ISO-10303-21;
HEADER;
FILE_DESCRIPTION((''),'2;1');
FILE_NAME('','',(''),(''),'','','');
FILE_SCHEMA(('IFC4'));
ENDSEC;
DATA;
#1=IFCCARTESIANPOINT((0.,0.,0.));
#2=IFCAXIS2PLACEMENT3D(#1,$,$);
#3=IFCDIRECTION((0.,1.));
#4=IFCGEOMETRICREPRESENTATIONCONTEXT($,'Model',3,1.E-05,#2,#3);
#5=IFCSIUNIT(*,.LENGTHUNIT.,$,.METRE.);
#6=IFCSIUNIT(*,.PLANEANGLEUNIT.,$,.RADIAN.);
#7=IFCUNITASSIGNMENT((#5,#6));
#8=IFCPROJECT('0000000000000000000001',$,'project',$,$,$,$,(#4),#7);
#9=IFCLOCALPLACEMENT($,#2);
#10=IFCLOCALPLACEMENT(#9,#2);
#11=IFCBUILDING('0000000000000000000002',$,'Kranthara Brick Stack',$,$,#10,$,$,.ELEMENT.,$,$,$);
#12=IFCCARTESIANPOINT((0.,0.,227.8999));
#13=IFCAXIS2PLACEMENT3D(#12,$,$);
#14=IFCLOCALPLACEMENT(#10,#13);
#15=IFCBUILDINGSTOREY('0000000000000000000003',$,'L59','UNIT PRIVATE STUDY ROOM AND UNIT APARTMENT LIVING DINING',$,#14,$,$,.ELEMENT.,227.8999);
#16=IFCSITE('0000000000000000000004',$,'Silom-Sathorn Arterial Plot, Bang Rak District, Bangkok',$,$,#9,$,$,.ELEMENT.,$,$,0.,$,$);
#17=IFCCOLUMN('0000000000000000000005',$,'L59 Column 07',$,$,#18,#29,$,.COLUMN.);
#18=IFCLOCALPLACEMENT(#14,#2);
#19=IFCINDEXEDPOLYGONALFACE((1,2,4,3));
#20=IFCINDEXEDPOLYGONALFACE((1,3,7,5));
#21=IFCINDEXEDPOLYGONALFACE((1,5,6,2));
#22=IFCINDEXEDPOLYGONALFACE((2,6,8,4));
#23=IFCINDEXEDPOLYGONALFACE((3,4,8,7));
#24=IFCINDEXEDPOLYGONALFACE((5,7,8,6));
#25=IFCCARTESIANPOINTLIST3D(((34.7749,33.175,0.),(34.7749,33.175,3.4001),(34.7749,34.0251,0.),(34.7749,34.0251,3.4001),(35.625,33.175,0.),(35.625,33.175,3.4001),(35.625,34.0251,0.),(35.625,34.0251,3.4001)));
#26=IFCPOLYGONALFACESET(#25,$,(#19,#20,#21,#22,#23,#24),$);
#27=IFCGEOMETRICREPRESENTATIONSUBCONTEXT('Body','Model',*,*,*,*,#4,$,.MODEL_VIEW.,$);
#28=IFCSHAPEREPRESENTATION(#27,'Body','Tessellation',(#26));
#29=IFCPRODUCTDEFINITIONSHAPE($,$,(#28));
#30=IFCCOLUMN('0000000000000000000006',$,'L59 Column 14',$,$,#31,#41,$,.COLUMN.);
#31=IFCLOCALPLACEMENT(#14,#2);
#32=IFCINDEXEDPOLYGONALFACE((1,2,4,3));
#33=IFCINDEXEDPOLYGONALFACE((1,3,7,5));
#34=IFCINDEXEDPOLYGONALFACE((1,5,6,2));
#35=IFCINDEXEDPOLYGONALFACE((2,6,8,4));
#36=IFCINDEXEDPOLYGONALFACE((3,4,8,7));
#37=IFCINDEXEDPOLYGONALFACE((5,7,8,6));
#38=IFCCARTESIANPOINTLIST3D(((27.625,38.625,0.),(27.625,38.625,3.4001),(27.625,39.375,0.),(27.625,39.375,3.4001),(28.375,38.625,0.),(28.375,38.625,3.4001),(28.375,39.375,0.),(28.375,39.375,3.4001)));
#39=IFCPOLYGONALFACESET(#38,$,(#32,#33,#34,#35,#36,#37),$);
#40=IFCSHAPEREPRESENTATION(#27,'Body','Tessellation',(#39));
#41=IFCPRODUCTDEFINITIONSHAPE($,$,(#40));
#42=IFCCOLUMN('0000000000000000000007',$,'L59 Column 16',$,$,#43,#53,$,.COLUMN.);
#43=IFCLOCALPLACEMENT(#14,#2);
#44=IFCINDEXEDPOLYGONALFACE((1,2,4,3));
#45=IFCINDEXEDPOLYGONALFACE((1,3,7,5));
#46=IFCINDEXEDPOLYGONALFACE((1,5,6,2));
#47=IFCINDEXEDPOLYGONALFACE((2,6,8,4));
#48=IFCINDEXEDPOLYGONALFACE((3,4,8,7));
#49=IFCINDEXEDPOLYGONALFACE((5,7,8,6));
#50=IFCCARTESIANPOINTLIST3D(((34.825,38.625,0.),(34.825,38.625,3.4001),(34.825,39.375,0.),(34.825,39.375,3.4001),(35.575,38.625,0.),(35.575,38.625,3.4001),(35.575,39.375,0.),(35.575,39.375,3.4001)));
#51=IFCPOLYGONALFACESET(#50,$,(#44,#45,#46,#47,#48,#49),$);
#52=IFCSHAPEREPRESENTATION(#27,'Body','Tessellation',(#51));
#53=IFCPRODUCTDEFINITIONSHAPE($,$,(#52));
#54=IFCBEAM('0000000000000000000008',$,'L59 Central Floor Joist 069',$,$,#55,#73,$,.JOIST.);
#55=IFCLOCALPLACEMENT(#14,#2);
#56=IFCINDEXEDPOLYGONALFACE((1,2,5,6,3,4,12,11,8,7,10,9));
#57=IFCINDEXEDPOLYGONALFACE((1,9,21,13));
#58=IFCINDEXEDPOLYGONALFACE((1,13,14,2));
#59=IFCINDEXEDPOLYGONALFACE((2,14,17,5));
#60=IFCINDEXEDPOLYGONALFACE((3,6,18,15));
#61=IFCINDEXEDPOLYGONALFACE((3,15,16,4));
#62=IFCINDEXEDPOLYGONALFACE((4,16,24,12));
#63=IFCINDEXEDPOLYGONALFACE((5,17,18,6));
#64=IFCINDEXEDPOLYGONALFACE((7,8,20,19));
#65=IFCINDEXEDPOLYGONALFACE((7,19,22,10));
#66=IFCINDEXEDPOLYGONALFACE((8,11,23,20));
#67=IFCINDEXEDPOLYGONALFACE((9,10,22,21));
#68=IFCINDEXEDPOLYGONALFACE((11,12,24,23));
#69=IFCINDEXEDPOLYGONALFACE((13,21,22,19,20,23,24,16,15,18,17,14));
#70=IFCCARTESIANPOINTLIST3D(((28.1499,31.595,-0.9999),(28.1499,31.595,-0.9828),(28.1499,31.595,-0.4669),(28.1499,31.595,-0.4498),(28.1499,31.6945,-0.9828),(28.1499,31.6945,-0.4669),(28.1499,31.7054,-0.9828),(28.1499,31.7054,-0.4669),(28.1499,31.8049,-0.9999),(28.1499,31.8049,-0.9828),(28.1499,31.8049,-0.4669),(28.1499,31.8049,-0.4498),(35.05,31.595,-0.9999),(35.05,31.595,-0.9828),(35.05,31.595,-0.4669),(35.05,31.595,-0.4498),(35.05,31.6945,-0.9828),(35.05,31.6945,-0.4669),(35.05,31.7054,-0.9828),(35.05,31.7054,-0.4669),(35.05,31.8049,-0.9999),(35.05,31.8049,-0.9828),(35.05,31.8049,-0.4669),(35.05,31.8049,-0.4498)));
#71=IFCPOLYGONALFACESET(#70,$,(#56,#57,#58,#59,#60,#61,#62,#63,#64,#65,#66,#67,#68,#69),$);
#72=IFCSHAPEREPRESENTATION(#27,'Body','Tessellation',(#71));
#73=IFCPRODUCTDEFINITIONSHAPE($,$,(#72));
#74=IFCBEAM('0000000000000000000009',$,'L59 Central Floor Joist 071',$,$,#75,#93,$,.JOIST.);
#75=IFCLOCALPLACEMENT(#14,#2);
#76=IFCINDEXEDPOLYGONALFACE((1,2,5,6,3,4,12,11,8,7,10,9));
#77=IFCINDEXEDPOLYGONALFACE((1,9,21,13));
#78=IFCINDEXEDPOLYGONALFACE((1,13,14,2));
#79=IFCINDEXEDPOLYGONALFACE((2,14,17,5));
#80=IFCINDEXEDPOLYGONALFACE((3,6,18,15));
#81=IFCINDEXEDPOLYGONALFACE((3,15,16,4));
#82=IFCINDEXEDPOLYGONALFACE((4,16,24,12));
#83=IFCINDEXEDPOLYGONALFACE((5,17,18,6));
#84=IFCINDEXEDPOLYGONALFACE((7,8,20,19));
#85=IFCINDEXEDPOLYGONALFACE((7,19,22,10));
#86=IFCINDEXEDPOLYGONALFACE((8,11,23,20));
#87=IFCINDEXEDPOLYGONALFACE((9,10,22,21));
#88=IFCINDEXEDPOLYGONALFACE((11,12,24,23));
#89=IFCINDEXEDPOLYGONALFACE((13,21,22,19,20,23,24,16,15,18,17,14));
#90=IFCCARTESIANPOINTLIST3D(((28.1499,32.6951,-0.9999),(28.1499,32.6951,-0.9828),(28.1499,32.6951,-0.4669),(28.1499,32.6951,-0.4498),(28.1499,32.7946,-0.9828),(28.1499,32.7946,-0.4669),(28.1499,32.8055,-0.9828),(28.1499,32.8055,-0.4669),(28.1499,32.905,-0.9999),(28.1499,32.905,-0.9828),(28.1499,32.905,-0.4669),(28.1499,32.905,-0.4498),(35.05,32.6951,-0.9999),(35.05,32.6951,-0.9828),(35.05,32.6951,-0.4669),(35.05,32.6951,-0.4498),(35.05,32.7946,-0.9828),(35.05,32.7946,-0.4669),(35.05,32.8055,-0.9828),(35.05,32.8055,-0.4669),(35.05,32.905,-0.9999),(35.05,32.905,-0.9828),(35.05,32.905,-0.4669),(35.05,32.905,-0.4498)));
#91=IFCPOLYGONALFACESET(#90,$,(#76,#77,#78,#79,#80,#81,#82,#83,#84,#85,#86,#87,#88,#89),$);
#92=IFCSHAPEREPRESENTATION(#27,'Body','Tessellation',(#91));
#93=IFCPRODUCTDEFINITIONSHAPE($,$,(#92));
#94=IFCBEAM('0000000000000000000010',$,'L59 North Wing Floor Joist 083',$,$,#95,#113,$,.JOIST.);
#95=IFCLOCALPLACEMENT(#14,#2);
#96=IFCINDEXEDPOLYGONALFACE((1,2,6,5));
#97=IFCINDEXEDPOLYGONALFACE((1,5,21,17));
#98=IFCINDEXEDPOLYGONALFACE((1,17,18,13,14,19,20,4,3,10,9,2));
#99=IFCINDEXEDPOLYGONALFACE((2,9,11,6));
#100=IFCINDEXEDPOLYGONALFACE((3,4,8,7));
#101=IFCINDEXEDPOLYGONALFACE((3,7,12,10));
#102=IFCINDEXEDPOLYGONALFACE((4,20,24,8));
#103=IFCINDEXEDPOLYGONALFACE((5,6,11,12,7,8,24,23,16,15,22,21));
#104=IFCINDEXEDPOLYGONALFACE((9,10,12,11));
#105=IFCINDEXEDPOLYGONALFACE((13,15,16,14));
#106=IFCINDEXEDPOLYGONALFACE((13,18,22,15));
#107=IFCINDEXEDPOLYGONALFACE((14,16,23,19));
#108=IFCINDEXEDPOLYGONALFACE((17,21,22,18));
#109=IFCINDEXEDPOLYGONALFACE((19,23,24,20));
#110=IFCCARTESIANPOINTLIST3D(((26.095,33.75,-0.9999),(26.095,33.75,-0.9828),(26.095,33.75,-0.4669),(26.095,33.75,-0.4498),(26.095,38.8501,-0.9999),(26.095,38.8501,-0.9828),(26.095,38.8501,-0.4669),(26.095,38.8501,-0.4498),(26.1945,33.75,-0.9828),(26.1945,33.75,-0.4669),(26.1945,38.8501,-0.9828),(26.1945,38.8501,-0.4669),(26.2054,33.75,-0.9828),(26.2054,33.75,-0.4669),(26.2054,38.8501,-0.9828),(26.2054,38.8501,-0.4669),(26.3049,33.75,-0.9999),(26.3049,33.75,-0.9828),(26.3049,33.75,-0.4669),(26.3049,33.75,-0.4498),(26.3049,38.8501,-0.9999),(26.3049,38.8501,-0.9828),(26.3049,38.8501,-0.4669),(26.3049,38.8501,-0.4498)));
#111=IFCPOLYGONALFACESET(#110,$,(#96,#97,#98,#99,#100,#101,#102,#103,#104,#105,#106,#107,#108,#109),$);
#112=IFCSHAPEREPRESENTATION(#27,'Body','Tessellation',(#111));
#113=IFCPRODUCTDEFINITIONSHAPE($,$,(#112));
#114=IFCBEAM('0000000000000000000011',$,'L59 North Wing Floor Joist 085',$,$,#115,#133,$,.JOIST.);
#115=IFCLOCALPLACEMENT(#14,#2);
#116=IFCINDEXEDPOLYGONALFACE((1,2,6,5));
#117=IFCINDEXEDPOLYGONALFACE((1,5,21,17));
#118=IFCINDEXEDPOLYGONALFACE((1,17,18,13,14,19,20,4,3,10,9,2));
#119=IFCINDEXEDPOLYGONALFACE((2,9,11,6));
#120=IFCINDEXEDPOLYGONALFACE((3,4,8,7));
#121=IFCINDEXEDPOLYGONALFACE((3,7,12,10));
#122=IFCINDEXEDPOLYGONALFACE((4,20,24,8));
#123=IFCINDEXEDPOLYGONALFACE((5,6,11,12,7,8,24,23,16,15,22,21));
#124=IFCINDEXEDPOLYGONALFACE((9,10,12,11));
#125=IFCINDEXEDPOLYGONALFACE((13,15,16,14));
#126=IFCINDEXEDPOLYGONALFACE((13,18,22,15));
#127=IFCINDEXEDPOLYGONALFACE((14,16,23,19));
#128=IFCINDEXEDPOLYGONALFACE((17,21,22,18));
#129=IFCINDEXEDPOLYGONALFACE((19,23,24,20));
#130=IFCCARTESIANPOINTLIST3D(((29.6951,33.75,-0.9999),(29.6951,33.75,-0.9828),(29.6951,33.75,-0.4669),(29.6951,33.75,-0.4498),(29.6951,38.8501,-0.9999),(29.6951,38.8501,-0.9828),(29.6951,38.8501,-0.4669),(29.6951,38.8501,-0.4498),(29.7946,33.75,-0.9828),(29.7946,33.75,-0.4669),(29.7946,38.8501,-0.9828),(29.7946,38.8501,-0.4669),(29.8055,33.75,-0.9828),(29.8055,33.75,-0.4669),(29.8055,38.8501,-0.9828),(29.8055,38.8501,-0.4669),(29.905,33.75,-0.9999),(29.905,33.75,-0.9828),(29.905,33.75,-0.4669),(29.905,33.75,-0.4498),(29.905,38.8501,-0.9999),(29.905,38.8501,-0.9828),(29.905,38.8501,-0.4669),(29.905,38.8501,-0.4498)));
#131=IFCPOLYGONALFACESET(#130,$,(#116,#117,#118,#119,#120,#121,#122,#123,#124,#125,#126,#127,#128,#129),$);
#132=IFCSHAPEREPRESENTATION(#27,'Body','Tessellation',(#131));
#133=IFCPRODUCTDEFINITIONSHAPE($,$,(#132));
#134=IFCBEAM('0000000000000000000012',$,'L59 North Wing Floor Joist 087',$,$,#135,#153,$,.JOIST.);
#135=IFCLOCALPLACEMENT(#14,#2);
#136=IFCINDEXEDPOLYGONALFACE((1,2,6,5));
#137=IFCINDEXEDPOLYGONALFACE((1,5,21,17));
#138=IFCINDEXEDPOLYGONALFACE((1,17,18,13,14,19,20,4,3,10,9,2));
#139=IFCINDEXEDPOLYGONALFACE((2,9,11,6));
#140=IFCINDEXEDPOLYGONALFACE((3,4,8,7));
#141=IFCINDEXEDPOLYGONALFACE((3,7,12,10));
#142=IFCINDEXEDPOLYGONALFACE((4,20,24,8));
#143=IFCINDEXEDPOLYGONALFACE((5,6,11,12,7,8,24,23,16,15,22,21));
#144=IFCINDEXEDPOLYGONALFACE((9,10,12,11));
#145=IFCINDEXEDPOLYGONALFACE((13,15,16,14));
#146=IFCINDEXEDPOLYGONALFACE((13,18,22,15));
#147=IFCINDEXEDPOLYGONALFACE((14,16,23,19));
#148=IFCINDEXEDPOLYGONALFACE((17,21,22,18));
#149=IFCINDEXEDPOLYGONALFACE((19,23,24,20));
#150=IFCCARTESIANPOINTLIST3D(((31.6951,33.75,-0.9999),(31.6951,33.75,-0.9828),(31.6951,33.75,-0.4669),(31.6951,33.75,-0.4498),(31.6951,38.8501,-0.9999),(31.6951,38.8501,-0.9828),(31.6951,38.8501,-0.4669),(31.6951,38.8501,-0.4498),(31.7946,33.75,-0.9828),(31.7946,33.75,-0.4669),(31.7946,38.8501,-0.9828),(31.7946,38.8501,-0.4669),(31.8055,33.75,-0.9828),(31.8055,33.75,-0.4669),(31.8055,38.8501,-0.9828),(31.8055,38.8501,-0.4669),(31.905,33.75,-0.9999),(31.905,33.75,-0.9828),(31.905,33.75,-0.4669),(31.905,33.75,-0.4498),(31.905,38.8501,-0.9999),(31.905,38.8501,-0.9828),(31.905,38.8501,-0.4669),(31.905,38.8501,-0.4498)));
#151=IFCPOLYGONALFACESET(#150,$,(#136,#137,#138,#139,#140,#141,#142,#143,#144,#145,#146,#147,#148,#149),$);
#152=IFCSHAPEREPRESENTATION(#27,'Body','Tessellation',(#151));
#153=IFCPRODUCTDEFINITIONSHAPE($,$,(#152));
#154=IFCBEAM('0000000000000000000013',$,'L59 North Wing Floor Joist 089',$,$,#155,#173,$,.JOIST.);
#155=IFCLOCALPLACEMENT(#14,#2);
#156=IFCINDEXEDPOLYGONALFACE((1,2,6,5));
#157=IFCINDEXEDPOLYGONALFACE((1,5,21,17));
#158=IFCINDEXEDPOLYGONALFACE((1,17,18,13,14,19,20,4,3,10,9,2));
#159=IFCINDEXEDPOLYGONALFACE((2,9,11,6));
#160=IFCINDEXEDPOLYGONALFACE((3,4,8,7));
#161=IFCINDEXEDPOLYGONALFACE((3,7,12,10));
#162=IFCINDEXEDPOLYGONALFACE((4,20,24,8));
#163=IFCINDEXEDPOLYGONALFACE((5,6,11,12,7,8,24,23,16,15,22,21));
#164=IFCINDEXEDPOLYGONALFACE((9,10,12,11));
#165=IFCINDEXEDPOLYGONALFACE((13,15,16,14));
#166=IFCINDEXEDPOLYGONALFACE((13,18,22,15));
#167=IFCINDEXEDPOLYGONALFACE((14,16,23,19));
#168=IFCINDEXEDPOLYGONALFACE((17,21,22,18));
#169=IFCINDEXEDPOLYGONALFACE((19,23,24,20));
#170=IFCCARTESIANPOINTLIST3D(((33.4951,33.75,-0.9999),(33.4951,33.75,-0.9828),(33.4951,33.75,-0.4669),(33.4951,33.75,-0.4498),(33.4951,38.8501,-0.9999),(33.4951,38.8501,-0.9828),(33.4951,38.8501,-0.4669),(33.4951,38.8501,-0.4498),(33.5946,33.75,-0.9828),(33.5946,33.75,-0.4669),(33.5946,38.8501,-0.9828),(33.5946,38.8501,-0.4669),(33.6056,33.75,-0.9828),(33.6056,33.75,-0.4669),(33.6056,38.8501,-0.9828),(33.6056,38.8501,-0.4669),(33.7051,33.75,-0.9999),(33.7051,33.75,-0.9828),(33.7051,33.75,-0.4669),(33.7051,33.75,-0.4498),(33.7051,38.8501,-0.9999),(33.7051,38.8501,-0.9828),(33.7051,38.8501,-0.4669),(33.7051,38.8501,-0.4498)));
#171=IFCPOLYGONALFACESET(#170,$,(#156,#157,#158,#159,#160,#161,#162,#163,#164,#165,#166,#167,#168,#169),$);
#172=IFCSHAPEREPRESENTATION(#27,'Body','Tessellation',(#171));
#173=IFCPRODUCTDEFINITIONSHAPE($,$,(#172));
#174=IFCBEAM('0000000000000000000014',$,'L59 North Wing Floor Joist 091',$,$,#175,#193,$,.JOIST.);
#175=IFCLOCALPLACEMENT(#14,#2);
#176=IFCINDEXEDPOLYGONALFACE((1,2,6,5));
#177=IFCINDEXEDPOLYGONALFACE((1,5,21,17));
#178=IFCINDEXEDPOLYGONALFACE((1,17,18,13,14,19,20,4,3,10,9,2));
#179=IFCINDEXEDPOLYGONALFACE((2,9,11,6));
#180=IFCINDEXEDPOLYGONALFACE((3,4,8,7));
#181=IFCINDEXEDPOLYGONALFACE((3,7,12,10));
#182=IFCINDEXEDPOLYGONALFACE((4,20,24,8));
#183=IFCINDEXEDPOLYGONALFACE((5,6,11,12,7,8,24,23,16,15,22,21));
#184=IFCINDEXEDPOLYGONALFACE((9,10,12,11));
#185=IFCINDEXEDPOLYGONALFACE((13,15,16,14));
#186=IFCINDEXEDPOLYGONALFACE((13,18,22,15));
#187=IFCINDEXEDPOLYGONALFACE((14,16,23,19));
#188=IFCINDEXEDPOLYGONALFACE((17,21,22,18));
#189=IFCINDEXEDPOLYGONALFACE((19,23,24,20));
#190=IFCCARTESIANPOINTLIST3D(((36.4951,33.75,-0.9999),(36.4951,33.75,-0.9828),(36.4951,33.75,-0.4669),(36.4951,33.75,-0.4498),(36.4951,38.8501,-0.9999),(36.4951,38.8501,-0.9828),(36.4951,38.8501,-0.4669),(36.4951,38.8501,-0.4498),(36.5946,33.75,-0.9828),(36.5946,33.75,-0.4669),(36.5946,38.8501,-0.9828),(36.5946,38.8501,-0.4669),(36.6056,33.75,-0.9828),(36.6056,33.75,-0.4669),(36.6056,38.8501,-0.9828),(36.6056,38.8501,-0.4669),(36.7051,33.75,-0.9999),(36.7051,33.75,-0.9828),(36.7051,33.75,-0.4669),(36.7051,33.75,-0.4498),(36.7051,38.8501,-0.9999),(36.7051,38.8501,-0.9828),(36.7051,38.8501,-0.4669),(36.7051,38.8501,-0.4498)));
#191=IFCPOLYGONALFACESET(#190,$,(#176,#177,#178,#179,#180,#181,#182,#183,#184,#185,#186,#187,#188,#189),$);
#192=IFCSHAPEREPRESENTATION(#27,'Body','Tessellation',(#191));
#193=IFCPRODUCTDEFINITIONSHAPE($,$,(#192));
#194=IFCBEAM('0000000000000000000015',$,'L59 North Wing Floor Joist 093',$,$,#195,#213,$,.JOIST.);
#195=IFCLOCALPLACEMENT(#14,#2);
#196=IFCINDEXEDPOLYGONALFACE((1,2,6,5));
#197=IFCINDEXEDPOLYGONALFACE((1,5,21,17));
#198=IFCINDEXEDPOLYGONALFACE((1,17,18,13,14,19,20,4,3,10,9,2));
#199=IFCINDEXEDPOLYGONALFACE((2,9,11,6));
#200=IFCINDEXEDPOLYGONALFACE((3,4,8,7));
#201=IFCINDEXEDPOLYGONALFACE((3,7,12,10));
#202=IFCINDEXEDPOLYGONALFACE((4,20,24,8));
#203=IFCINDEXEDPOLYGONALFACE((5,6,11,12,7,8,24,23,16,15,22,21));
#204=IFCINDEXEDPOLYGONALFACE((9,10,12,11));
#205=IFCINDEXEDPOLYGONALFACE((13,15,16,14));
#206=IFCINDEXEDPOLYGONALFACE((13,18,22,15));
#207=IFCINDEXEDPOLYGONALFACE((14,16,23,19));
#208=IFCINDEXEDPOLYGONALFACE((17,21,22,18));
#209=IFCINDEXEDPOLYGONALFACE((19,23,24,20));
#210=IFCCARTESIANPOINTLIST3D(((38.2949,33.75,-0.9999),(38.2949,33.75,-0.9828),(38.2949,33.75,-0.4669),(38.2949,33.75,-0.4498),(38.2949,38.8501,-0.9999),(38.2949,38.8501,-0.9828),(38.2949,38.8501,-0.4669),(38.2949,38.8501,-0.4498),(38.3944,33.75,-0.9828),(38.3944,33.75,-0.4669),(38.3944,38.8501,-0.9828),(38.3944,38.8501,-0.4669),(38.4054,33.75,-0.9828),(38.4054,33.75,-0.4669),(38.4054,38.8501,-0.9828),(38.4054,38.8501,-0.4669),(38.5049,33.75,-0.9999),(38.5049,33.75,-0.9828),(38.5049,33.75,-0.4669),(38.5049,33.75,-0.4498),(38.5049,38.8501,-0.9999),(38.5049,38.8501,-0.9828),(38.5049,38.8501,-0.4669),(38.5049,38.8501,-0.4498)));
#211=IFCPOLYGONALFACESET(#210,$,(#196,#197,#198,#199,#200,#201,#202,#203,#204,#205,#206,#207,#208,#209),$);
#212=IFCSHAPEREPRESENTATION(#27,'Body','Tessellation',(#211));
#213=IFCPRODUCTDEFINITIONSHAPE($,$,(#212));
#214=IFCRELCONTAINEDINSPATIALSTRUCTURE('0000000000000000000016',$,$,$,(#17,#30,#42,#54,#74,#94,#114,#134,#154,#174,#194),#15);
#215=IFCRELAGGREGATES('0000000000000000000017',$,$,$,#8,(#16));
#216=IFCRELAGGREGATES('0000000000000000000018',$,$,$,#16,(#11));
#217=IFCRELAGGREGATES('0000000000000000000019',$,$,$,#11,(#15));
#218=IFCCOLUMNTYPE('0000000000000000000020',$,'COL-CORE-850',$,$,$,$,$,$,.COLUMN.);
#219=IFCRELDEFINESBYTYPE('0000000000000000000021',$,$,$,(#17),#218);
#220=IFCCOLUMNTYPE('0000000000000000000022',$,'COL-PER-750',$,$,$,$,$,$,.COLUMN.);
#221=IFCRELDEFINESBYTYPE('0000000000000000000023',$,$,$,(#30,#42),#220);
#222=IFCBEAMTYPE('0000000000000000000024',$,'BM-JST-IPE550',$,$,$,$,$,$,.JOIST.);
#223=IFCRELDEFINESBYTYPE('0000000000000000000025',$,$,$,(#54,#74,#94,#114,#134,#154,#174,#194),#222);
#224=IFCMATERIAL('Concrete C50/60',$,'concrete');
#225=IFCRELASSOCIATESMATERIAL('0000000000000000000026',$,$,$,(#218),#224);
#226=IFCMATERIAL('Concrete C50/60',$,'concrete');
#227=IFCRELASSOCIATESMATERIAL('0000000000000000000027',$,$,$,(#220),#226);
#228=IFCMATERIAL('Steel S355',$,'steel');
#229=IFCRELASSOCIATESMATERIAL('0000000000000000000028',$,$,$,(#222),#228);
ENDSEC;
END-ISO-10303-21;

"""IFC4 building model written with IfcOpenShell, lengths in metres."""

from ifc_helpers import new_model, si_unit, direction, frame, origin, origin_2d, place, context, subcontext, project, spatial, rectangle, i_section, extrude, material, material_profile, profile_set, type_object, element, save


model = new_model("IFC4")

# Units and contexts
model_context = context("Model", 3, precision=1e-05, world=origin(), true_north=direction((0.0, 1.0)))
body_context = subcontext(model_context, "Body", "Model", "MODEL_VIEW")
ifc_project = project(units=[si_unit("LENGTHUNIT", "METRE"), si_unit("PLANEANGLEUNIT", "RADIAN")], contexts=[model_context])

# Site, building, storey
site_placement = place(None, origin())
site = spatial("IfcSite", under=ifc_project, at=site_placement, Name="Silom-Sathorn Arterial Plot, Bang Rak District, Bangkok", CompositionType="ELEMENT", RefElevation=0.0)
building_placement = place(site_placement, origin())
building = spatial("IfcBuilding", under=site, at=building_placement, Name="Kranthara Brick Stack", CompositionType="ELEMENT")
storey_placement = place(building_placement, frame((0.0, 0.0, 227.8999)))
storey = spatial("IfcBuildingStorey", under=building, at=storey_placement, Name="L59", Description="UNIT PRIVATE STUDY ROOM AND UNIT APARTMENT LIVING DINING", CompositionType="ELEMENT", Elevation=227.8999)

# Columns
ifc_material_1 = material(Name="Concrete C50/60", Category="concrete")
ifc_material_profile_1 = material_profile(ifc_material_1, rectangle(XDim=0.8501, YDim=0.8501, at=origin_2d()), Name="RC 850x850")
ifc_profile_set_1 = profile_set([ifc_material_profile_1], Name="Concrete C50/60")
column_type_1 = type_object("IfcColumnType", Name="COL-CORE-850", PredefinedType="COLUMN", material=ifc_profile_set_1)
column_placement = place(storey_placement, frame((35.2, 33.6001, 0.0), z_axis=(0.0, 0.0, 1.0), x_axis=(1.0, 0.0, 0.0)))
element("IfcColumn", 1, at=column_placement, inside=storey, type_object=column_type_1, Name="L59 Column 07", PredefinedType="COLUMN", context=body_context, shape_type="SweptSolid", body=[
    extrude(rectangle(XDim=0.8501, YDim=0.8501, at=origin_2d()), origin(), (0.0, 0.0, 1.0), 3.4001),
])
ifc_material_2 = material(Name="Concrete C50/60", Category="concrete")
ifc_material_profile_2 = material_profile(ifc_material_2, rectangle(XDim=0.75, YDim=0.75, at=origin_2d()), Name="RC 750x750")
ifc_profile_set_2 = profile_set([ifc_material_profile_2], Name="Concrete C50/60")
column_type_2 = type_object("IfcColumnType", Name="COL-PER-750", PredefinedType="COLUMN", material=ifc_profile_set_2)
for number, where, z_axis, x_axis, name in (
    (2, (28.0, 39.0, 0.0), (0.0, 0.0, 1.0), (1.0, 0.0, 0.0), "L59 Column 14"),
    (3, (35.2, 39.0, 0.0), (0.0, 0.0, 1.0), (1.0, 0.0, 0.0), "L59 Column 16"),
):
    element("IfcColumn", number, at=place(storey_placement, frame(where, z_axis=z_axis, x_axis=x_axis)), inside=storey, type_object=column_type_2, Name=name, PredefinedType="COLUMN", context=body_context, shape_type="SweptSolid", body=[
        extrude(rectangle(XDim=0.75, YDim=0.75, at=origin_2d()), origin(), (0.0, 0.0, 1.0), 3.4001),
    ])

# Beams
ifc_material_3 = material(Name="Steel S355", Category="steel")
ifc_material_profile_3 = material_profile(ifc_material_3, i_section(OverallWidth=0.21, OverallDepth=0.55, WebThickness=0.011, FlangeThickness=0.0171, at=origin_2d()), Name="IPE 550")
ifc_profile_set_3 = profile_set([ifc_material_profile_3], Name="Steel S355")
beam_type_1 = type_object("IfcBeamType", Name="BM-JST-IPE550", PredefinedType="JOIST", material=ifc_profile_set_3)
for number, where, z_axis, x_axis, name in (
    (4, (28.1499, 31.7, -0.7249), (1.0, 0.0, 0.0), (0.0, 1.0, 0.0), "L59 Central Floor Joist 069"),
    (5, (28.1499, 32.8, -0.7249), (1.0, 0.0, 0.0), (0.0, 1.0, 0.0), "L59 Central Floor Joist 071"),
):
    element("IfcBeam", number, at=place(storey_placement, frame(where, z_axis=z_axis, x_axis=x_axis)), inside=storey, type_object=beam_type_1, Name=name, PredefinedType="JOIST", context=body_context, shape_type="SweptSolid", body=[
        extrude(i_section(OverallWidth=0.21, OverallDepth=0.55, WebThickness=0.011, FlangeThickness=0.0171, at=origin_2d()), origin(), (0.0, 0.0, 1.0), 6.9001),
    ])
for number, where, z_axis, x_axis, name in (
    (6, (26.2, 33.75, -0.7249), (0.0, 1.0, 0.0), (-1.0, 0.0, 0.0), "L59 North Wing Floor Joist 083"),
    (7, (29.8, 33.75, -0.7249), (0.0, 1.0, 0.0), (-1.0, 0.0, 0.0), "L59 North Wing Floor Joist 085"),
    (8, (31.8, 33.75, -0.7249), (0.0, 1.0, 0.0), (-1.0, 0.0, 0.0), "L59 North Wing Floor Joist 087"),
    (9, (33.6001, 33.75, -0.7249), (0.0, 1.0, 0.0), (-1.0, 0.0, 0.0), "L59 North Wing Floor Joist 089"),
    (10, (36.6001, 33.75, -0.7249), (0.0, 1.0, 0.0), (-1.0, 0.0, 0.0), "L59 North Wing Floor Joist 091"),
    (11, (38.3999, 33.75, -0.7249), (0.0, 1.0, 0.0), (-1.0, 0.0, 0.0), "L59 North Wing Floor Joist 093"),
):
    element("IfcBeam", number, at=place(storey_placement, frame(where, z_axis=z_axis, x_axis=x_axis)), inside=storey, type_object=beam_type_1, Name=name, PredefinedType="JOIST", context=body_context, shape_type="SweptSolid", body=[
        extrude(i_section(OverallWidth=0.21, OverallDepth=0.55, WebThickness=0.011, FlangeThickness=0.0171, at=origin_2d()), origin(), (0.0, 0.0, 1.0), 5.1001),
    ])

save(model, "model.ifc")
